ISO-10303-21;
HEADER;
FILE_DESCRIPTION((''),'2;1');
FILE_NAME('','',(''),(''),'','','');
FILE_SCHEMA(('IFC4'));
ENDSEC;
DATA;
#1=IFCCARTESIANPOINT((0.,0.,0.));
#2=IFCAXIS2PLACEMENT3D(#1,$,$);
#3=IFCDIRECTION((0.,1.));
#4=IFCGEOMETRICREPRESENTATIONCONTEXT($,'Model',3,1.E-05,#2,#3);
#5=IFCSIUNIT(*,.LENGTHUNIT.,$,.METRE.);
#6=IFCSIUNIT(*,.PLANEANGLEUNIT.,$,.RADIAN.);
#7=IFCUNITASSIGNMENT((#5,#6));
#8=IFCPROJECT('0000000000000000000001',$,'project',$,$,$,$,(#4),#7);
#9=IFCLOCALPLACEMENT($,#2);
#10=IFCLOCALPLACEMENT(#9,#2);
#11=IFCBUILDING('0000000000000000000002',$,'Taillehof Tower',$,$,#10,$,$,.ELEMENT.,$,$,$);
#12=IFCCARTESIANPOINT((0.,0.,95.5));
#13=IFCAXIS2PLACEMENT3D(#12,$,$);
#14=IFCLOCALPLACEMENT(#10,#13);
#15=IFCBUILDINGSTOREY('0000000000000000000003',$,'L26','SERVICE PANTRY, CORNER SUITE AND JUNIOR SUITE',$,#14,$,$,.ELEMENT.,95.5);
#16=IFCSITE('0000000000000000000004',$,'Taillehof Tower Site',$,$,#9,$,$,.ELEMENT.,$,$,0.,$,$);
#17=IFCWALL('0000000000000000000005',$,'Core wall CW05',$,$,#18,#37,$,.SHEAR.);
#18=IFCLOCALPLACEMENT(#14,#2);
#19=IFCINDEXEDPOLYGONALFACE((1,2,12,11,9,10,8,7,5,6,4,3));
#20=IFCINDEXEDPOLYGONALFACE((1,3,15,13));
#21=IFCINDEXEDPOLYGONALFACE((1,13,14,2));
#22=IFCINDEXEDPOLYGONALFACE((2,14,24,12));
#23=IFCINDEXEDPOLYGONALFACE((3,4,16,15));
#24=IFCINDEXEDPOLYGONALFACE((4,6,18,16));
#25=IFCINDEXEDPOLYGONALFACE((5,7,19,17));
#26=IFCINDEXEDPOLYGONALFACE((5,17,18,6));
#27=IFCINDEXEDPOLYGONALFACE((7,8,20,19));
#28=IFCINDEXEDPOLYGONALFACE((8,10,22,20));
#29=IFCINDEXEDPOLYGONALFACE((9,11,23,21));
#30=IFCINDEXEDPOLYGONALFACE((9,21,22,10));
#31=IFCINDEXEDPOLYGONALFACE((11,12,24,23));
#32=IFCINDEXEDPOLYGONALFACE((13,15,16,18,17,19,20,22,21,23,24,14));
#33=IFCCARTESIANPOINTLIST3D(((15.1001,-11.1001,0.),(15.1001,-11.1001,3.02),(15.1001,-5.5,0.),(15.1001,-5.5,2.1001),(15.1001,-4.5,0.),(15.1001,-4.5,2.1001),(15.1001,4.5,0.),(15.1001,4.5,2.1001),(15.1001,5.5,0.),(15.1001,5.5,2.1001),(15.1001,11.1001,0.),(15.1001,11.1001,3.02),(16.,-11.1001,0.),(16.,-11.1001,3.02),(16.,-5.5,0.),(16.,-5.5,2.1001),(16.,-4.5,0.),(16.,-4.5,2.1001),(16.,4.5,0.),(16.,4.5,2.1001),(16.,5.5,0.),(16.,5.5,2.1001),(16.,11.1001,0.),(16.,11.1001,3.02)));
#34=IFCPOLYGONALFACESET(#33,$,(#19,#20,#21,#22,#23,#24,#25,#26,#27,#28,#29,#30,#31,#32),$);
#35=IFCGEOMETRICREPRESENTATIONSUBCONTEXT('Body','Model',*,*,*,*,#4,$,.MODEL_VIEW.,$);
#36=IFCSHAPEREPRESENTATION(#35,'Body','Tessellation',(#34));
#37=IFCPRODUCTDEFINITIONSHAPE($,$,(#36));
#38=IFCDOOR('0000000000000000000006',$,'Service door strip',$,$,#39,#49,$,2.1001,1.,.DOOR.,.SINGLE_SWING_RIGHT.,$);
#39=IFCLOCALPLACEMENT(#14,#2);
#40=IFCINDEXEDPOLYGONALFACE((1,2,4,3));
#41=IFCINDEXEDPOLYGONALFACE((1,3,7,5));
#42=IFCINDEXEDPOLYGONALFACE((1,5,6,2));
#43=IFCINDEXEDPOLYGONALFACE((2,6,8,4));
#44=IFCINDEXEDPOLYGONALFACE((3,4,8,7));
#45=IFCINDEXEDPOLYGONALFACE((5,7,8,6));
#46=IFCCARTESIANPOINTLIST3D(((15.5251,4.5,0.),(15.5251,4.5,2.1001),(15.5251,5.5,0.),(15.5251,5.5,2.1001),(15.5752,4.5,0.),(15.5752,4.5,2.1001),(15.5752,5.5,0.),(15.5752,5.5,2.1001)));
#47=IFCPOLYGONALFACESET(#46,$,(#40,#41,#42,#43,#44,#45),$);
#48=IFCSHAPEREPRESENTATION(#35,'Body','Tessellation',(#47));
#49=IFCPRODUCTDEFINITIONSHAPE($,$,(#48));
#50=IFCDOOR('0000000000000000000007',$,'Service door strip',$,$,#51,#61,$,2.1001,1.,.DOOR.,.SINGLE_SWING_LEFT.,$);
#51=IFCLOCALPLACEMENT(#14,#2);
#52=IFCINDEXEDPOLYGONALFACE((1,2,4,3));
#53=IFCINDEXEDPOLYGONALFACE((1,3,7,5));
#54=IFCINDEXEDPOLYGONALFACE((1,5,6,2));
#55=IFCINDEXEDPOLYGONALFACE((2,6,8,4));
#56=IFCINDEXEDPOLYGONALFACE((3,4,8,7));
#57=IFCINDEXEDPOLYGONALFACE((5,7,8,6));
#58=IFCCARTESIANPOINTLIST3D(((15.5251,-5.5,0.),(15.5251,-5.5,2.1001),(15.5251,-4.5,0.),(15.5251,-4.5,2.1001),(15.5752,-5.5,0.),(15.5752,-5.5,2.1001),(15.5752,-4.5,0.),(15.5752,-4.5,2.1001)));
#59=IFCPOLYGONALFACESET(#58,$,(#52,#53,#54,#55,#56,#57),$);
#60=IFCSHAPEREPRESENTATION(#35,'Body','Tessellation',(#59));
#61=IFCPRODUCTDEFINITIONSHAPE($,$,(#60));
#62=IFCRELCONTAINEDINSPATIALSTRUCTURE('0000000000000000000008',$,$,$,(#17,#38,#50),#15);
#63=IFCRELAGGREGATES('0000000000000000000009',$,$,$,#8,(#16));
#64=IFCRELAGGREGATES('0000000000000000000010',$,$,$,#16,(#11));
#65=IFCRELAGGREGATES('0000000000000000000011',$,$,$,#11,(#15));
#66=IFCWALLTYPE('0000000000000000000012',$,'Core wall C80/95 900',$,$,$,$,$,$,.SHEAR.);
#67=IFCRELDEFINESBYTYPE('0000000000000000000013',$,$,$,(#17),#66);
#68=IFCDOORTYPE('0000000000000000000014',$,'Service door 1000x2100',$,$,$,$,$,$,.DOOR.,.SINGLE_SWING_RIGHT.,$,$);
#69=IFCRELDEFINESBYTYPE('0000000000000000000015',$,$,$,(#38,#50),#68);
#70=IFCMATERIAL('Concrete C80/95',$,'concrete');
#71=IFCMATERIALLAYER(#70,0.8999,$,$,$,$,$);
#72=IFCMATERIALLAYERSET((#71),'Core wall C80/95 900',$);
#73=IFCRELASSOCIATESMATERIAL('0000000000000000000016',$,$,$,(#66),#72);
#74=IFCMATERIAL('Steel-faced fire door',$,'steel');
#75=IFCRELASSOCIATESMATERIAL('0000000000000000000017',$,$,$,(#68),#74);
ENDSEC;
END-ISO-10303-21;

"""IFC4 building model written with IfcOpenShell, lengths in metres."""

from ifc_helpers import new_model, si_unit, direction, frame, frame_2d, origin, place, context, subcontext, project, spatial, rectangle, extrude, material, layer, layer_set, type_object, element, fill, save


model = new_model("IFC4")

# Units and contexts
model_context = context("Model", 3, precision=1e-05, world=origin(), true_north=direction((0.0, 1.0)))
body_context = subcontext(model_context, "Body", "Model", "MODEL_VIEW")
ifc_project = project(units=[si_unit("LENGTHUNIT", "METRE"), si_unit("PLANEANGLEUNIT", "RADIAN")], contexts=[model_context])

# Site, building, storey
site_placement = place(None, origin())
site = spatial("IfcSite", under=ifc_project, at=site_placement, Name="Taillehof Tower Site", CompositionType="ELEMENT", RefElevation=0.0)
building_placement = place(site_placement, origin())
building = spatial("IfcBuilding", under=site, at=building_placement, Name="Taillehof Tower", CompositionType="ELEMENT")
storey_placement = place(building_placement, frame((0.0, 0.0, 95.5)))
storey = spatial("IfcBuildingStorey", under=building, at=storey_placement, Name="L26", Description="SERVICE PANTRY, CORNER SUITE AND JUNIOR SUITE", CompositionType="ELEMENT", Elevation=95.5)

# Wall, openings, doors
ifc_material_1 = material(Name="Concrete C80/95", Category="concrete")
ifc_layer_1 = layer(ifc_material_1, 0.8999)
ifc_layer_set_1 = layer_set([ifc_layer_1], Name="Core wall C80/95 900")
wall_type_1 = type_object("IfcWallType", Name="Core wall C80/95 900", PredefinedType="SHEAR", material=ifc_layer_set_1)
wall_1_placement = place(storey_placement, frame((15.55, -11.1001, 0.0), z_axis=(0.0, 0.0, 1.0), x_axis=(0.0, 1.0, 0.0)))
wall_1 = element("IfcWall", 1, at=wall_1_placement, inside=storey, type_object=wall_type_1, Name="Core wall CW05", PredefinedType="SHEAR", context=body_context, shape_type="SweptSolid", body=[
    extrude(rectangle(XDim=22.2002, YDim=0.8999, at=frame_2d((11.1001, 0.0))), origin(), (0.0, 0.0, 1.0), 3.02),
])
opening_1_placement = place(wall_1_placement, frame((15.6001, 0.0, 0.0)))
opening_1 = element("IfcOpeningElement", 2, at=opening_1_placement, cuts=wall_1, PredefinedType="OPENING", context=body_context, shape_type="SweptSolid", body=[
    extrude(rectangle(XDim=1.0, YDim=2.1001, at=frame_2d((0.5, 1.05))), frame((0.0, 0.46, 0.0), z_axis=(0.0, -1.0, 0.0), x_axis=(1.0, 0.0, 0.0)), (0.0, 0.0, 1.0), 0.9199),
])
opening_2_placement = place(wall_1_placement, frame((5.6001, 0.0, 0.0)))
opening_2 = element("IfcOpeningElement", 3, at=opening_2_placement, cuts=wall_1, PredefinedType="OPENING", context=body_context, shape_type="SweptSolid", body=[
    extrude(rectangle(XDim=1.0, YDim=2.1001, at=frame_2d((0.5, 1.05))), frame((0.0, 0.46, 0.0), z_axis=(0.0, -1.0, 0.0), x_axis=(1.0, 0.0, 0.0)), (0.0, 0.0, 1.0), 0.9199),
])
ifc_material_2 = material(Name="Steel-faced fire door", Category="steel")
door_type_1 = type_object("IfcDoorType", Name="Service door 1000x2100", OperationType="SINGLE_SWING_RIGHT", PredefinedType="DOOR", material=ifc_material_2)
door_1_placement = place(opening_1_placement, origin())
door_1 = element("IfcDoor", 4, at=door_1_placement, inside=storey, type_object=door_type_1, Name="Service door strip", OperationType="SINGLE_SWING_RIGHT", OverallHeight=2.1001, OverallWidth=1.0, PredefinedType="DOOR", context=body_context, shape_type="SweptSolid", body=[
    extrude(rectangle(XDim=1.0, YDim=2.1001, at=frame_2d((0.5, 1.05))), frame((0.0, 0.0249, 0.0), z_axis=(0.0, -1.0, 0.0), x_axis=(1.0, 0.0, 0.0)), (0.0, 0.0, 1.0), 0.05),
])
fill(opening_1, door_1)
door_2_placement = place(opening_2_placement, origin())
door_2 = element("IfcDoor", 5, at=door_2_placement, inside=storey, type_object=door_type_1, Name="Service door strip", OperationType="SINGLE_SWING_LEFT", OverallHeight=2.1001, OverallWidth=1.0, PredefinedType="DOOR", context=body_context, shape_type="SweptSolid", body=[
    extrude(rectangle(XDim=1.0, YDim=2.1001, at=frame_2d((0.5, 1.05))), frame((0.0, 0.0249, 0.0), z_axis=(0.0, -1.0, 0.0), x_axis=(1.0, 0.0, 0.0)), (0.0, 0.0, 1.0), 0.05),
])
fill(opening_2, door_2)

save(model, "model.ifc")
